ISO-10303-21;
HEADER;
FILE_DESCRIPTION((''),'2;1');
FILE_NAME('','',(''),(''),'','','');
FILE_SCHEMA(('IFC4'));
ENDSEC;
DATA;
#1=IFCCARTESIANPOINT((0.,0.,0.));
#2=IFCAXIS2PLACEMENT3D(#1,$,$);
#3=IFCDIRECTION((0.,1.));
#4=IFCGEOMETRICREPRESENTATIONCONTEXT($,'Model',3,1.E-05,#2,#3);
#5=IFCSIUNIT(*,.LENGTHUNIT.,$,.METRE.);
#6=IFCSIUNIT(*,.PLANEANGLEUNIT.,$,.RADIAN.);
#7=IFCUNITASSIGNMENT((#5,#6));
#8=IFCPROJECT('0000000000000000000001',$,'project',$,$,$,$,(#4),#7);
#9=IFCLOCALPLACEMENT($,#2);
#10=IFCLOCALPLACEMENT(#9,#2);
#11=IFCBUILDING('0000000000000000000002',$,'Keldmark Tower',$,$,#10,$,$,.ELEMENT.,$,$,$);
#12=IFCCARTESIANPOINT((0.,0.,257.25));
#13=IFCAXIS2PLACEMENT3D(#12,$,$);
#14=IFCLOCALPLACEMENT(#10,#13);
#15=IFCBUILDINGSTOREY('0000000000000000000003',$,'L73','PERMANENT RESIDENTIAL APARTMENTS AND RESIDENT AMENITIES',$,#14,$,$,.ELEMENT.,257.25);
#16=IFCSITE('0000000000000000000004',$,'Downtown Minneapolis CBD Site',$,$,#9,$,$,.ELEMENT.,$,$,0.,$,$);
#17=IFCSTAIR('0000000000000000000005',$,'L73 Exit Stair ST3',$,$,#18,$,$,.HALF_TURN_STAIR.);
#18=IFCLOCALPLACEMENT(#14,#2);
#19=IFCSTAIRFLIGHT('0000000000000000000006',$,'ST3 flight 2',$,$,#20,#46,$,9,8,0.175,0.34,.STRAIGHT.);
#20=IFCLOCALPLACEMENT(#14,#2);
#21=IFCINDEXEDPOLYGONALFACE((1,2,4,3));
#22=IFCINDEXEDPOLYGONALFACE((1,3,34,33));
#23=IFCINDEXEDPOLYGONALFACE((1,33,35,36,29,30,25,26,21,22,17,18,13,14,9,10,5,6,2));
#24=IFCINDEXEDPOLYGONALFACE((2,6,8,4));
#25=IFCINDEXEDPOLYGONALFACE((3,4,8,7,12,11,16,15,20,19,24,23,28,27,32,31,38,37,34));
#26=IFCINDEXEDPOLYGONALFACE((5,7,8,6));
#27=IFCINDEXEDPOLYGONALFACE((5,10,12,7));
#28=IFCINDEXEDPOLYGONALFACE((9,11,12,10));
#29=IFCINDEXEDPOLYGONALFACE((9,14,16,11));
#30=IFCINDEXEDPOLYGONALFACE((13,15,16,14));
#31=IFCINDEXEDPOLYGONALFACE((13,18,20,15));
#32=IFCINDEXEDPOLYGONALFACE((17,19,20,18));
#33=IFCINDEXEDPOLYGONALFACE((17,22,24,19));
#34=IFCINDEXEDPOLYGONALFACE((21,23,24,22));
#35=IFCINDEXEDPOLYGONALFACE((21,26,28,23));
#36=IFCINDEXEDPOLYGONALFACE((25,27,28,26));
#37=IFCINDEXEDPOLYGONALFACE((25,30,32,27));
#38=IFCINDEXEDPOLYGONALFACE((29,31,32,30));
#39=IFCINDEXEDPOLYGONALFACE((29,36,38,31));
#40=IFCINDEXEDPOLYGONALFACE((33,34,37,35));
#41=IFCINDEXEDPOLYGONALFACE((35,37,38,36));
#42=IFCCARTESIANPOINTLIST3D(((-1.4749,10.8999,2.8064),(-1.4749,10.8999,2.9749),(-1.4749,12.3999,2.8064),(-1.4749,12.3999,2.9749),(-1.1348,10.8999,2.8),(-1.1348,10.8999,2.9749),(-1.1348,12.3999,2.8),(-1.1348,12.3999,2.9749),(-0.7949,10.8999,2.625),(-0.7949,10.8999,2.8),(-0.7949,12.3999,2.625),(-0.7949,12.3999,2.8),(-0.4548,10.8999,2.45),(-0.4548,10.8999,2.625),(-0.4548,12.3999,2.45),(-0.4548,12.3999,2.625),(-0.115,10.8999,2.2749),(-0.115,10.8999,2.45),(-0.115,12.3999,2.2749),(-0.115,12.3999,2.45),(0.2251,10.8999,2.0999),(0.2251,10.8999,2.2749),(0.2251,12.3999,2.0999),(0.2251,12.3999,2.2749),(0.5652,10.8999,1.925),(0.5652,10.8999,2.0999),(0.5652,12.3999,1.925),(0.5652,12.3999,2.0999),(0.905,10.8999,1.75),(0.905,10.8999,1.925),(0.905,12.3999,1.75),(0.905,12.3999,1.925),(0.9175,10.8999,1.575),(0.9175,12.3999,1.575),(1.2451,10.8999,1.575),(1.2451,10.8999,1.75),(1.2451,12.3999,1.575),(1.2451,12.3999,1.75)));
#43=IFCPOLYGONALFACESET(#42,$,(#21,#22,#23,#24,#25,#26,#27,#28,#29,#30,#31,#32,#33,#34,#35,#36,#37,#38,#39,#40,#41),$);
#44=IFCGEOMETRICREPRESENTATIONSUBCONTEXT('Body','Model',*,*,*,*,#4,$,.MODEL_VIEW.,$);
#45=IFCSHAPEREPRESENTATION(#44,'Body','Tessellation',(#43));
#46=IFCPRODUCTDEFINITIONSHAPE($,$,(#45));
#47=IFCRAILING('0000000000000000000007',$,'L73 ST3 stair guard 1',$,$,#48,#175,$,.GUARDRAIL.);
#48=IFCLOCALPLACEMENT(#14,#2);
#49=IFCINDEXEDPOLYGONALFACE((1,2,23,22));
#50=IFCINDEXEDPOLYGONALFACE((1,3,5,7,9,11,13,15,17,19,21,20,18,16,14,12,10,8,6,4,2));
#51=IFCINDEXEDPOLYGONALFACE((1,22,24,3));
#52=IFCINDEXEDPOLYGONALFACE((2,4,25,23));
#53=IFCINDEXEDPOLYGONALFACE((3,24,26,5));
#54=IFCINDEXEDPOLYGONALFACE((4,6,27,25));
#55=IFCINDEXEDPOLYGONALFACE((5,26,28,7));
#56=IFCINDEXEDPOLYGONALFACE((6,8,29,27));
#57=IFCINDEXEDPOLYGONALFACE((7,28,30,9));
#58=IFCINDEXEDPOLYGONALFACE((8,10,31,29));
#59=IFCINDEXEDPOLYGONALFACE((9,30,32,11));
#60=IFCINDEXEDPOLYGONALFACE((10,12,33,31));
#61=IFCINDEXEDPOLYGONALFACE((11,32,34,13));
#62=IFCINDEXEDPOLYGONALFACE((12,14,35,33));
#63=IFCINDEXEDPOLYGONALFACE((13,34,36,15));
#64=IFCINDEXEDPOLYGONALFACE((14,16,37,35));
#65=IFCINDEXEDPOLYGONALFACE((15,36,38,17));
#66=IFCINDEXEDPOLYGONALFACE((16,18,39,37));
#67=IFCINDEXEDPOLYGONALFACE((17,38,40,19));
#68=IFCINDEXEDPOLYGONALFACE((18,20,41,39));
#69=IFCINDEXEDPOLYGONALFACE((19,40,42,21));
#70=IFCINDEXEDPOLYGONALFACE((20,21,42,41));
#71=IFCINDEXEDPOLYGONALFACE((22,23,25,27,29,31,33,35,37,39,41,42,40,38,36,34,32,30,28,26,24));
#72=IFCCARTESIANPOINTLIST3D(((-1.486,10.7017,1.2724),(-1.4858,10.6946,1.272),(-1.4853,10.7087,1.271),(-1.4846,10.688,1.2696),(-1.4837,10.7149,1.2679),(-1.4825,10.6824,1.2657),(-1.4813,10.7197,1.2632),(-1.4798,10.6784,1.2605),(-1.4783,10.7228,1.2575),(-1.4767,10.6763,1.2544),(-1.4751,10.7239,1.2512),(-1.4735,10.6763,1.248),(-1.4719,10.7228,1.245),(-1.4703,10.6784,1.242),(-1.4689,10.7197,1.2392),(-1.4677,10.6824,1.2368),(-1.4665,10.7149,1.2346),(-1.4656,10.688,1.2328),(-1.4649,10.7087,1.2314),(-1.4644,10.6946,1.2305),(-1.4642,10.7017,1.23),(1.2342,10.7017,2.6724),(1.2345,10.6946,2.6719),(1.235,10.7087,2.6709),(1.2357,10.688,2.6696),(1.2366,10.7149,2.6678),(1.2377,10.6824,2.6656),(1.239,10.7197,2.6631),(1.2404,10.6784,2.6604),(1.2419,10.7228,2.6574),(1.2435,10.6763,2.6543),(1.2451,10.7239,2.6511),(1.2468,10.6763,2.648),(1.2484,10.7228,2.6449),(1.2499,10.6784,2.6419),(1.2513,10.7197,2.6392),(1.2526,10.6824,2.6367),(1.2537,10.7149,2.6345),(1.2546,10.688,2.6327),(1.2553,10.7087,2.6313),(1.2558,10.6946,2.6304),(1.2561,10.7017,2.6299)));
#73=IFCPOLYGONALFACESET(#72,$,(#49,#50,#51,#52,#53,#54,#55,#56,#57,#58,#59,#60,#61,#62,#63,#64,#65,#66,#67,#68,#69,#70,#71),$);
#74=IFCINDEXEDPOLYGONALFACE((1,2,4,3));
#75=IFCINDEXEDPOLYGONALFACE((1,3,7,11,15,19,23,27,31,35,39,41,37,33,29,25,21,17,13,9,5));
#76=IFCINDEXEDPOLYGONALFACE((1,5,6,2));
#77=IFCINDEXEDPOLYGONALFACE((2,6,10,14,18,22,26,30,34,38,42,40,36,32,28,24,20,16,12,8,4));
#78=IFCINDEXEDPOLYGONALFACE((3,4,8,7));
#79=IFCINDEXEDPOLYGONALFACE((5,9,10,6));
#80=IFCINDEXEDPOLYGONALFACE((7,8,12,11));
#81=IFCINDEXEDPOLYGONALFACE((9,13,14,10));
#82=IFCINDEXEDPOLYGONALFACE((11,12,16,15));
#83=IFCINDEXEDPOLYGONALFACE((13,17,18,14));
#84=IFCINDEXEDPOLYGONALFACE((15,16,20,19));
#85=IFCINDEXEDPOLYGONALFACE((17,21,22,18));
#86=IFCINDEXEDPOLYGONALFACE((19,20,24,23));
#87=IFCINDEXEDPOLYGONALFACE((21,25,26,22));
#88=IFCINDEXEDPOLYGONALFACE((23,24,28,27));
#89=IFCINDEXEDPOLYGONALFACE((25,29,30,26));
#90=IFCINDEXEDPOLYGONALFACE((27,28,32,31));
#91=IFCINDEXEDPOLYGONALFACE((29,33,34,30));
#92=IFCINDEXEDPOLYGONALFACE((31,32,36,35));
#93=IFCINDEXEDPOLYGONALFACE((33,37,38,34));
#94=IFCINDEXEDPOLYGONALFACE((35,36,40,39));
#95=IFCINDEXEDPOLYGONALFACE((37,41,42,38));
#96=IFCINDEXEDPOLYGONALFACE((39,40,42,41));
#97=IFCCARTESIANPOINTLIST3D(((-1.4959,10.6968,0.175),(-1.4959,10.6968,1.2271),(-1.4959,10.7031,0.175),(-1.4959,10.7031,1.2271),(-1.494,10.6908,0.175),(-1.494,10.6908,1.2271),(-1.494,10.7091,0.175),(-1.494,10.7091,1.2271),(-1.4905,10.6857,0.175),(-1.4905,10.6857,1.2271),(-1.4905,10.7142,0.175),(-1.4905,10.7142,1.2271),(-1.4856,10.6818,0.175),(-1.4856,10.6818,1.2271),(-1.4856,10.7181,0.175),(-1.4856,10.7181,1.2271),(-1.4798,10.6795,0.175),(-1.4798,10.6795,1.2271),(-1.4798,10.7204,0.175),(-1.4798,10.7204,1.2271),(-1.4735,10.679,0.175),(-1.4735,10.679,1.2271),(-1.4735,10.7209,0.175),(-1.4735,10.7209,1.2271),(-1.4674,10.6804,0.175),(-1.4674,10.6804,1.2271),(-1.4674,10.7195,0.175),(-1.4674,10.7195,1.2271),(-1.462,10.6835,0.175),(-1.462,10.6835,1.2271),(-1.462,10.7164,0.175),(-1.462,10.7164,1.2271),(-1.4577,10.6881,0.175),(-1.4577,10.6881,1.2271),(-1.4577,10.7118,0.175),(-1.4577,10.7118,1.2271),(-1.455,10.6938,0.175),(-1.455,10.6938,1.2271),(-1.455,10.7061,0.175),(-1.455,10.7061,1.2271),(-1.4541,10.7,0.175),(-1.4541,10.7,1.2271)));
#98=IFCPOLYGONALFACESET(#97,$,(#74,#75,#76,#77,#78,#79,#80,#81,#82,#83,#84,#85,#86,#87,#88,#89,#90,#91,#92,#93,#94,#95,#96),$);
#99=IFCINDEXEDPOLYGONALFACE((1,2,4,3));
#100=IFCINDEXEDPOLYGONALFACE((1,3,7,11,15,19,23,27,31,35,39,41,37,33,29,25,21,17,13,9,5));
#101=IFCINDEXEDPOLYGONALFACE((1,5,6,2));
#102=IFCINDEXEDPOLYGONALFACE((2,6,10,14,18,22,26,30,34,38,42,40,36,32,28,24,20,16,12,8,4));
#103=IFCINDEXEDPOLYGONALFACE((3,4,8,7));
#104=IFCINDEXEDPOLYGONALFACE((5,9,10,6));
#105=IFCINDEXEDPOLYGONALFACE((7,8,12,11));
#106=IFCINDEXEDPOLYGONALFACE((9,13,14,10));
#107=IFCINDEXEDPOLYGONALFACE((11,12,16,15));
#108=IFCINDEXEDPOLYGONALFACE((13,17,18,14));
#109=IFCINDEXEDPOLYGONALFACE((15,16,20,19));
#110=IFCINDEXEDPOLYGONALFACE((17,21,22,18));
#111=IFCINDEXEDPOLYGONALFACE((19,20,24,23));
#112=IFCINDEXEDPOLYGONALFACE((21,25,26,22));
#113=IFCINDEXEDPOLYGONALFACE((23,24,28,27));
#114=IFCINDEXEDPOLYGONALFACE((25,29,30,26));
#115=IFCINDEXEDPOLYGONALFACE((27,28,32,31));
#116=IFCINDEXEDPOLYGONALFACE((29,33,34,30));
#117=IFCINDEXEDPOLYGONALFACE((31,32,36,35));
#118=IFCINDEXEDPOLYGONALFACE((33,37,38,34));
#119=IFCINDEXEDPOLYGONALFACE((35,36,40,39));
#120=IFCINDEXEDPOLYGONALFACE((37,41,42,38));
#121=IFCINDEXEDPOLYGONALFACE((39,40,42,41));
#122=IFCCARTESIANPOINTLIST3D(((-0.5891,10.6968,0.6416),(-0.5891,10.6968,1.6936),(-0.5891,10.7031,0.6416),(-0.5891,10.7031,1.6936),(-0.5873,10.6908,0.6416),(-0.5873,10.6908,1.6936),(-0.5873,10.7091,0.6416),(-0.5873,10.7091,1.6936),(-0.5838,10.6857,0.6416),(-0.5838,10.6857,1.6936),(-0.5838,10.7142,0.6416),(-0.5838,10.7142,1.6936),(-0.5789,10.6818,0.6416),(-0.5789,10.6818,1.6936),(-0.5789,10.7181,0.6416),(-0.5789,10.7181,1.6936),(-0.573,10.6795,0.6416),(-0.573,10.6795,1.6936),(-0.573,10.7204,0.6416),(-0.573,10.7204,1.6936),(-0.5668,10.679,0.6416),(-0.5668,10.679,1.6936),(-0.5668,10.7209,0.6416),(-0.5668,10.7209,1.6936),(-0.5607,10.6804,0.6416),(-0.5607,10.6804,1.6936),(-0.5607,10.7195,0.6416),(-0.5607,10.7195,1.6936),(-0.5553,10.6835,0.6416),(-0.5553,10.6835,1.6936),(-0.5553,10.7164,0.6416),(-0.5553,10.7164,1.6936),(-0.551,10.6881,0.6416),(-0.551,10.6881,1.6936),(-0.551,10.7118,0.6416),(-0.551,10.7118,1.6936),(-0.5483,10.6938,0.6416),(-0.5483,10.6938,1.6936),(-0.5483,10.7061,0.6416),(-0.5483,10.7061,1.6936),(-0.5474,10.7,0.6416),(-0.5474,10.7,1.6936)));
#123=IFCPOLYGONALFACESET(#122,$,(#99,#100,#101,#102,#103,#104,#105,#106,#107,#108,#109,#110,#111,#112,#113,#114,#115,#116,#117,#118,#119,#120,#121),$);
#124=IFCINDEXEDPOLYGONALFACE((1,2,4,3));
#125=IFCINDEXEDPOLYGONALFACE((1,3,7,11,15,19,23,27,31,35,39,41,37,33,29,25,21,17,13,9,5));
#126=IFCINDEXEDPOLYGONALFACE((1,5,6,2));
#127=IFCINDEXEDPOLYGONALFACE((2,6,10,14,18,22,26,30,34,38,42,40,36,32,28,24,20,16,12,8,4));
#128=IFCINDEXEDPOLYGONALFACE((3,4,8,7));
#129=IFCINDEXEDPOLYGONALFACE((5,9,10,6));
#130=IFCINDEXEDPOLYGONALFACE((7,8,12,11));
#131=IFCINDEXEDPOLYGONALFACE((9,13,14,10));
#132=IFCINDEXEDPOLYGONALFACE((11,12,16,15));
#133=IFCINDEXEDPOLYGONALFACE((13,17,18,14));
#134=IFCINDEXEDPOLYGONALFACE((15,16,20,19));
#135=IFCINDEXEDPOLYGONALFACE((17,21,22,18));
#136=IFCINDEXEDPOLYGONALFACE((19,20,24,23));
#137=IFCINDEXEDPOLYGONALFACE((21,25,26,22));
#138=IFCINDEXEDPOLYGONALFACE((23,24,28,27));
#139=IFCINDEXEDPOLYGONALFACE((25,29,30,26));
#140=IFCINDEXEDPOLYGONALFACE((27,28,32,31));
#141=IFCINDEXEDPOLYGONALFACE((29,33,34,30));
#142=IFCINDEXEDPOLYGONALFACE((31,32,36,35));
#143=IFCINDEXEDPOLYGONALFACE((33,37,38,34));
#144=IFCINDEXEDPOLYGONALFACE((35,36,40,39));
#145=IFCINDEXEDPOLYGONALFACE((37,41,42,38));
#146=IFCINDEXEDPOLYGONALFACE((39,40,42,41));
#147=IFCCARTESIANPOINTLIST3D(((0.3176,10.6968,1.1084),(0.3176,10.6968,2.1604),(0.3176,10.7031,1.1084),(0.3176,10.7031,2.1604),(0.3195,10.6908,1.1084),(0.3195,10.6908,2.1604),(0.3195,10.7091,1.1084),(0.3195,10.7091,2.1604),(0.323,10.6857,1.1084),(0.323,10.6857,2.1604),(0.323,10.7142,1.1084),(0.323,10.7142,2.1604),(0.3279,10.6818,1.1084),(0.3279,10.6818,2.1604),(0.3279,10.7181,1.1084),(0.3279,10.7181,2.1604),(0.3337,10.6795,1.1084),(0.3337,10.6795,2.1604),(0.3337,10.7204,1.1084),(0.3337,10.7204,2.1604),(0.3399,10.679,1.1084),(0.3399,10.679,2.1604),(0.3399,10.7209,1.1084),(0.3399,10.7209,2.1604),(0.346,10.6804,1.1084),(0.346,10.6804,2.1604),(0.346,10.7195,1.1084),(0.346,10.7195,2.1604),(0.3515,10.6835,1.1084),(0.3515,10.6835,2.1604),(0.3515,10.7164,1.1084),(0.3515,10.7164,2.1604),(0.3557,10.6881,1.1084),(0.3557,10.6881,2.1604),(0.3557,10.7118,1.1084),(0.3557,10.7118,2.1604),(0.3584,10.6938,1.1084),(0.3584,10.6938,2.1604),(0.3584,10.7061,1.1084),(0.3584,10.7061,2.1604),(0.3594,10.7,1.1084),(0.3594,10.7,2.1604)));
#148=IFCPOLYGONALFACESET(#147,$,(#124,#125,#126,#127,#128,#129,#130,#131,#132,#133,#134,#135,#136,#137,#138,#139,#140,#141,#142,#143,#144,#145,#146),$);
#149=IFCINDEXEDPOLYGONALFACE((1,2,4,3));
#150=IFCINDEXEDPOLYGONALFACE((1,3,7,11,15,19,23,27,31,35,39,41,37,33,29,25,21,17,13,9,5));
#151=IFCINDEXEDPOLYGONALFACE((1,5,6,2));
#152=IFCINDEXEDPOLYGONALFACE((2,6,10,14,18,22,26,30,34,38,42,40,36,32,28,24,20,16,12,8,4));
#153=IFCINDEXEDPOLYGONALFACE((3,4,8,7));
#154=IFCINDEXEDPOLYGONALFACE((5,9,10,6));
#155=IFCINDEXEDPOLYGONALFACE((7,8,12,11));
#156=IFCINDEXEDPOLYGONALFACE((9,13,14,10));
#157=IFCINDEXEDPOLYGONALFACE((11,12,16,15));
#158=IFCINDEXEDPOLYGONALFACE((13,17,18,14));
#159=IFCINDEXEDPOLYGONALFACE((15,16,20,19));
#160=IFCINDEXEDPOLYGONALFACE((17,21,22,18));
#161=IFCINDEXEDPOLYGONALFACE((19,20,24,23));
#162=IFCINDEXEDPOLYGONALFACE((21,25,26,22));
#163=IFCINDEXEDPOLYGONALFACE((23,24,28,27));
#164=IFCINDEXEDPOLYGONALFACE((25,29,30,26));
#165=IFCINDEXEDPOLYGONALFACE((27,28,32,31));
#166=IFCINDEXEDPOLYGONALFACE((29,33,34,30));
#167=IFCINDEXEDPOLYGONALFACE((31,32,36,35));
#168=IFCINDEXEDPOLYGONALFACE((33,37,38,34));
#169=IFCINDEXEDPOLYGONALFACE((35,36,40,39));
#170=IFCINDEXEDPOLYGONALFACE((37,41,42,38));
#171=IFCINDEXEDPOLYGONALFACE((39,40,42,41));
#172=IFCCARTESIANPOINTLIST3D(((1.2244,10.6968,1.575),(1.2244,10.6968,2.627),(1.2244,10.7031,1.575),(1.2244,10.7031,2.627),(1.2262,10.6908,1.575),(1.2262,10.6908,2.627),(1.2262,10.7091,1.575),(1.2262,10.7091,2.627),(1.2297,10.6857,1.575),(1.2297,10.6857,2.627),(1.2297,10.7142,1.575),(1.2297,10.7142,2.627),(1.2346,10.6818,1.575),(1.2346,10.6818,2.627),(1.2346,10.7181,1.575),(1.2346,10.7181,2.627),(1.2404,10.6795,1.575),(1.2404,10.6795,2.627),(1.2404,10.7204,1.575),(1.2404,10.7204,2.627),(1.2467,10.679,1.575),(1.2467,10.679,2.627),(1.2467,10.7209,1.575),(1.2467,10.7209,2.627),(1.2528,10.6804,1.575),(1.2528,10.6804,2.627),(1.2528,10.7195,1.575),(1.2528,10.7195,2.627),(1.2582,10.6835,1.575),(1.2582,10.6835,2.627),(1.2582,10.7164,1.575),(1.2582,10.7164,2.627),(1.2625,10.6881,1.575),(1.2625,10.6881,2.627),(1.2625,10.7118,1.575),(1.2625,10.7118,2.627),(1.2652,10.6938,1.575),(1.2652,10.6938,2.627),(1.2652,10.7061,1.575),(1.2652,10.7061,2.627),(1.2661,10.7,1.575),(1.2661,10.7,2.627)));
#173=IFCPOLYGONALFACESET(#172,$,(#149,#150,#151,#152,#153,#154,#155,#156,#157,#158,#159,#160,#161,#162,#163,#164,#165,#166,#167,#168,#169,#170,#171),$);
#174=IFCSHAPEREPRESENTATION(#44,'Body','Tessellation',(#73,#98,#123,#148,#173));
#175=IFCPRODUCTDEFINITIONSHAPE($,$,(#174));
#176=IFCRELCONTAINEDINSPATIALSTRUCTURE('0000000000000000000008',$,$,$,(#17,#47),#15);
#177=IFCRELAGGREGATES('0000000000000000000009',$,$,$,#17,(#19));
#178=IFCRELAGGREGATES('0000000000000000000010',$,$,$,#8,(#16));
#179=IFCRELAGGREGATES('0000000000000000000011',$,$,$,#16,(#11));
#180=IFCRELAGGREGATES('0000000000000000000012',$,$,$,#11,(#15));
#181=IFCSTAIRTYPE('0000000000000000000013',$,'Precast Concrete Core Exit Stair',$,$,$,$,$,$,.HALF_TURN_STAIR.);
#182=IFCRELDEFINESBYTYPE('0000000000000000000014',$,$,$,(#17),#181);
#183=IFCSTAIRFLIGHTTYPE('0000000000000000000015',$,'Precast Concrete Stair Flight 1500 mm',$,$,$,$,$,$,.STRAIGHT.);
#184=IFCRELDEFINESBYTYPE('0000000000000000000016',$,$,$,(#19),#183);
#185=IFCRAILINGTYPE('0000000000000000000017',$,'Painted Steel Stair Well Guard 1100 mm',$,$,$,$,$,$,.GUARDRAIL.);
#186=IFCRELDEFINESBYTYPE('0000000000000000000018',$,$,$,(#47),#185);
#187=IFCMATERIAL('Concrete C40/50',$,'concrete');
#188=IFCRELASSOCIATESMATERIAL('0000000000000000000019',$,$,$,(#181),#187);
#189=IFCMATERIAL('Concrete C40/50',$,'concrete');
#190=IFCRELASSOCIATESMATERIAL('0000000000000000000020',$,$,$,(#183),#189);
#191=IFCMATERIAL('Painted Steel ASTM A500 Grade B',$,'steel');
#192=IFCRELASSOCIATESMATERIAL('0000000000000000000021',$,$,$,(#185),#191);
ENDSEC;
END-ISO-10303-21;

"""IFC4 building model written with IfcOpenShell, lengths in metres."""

from ifc_helpers import new_model, si_unit, direction, frame, origin, origin_2d, place, context, subcontext, project, spatial, polyline, circle, outline, extrude, material, type_object, element, aggregate, save


model = new_model("IFC4")

# Units and contexts
model_context = context("Model", 3, precision=1e-05, world=origin(), true_north=direction((0.0, 1.0)))
body_context = subcontext(model_context, "Body", "Model", "MODEL_VIEW")
ifc_project = project(units=[si_unit("LENGTHUNIT", "METRE"), si_unit("PLANEANGLEUNIT", "RADIAN")], contexts=[model_context])

# Site, building, storey
site_placement = place(None, origin())
site = spatial("IfcSite", under=ifc_project, at=site_placement, Name="Downtown Minneapolis CBD Site", CompositionType="ELEMENT", RefElevation=0.0)
building_placement = place(site_placement, origin())
building = spatial("IfcBuilding", under=site, at=building_placement, Name="Keldmark Tower", CompositionType="ELEMENT")
storey_placement = place(building_placement, frame((0.0, 0.0, 257.25)))
storey = spatial("IfcBuildingStorey", under=building, at=storey_placement, Name="L73", Description="PERMANENT RESIDENTIAL APARTMENTS AND RESIDENT AMENITIES", CompositionType="ELEMENT", Elevation=257.25)

# Stair, stair flight
ifc_material_1 = material(Name="Concrete C40/50", Category="concrete")
stair_type = type_object("IfcStairType", Name="Precast Concrete Core Exit Stair", PredefinedType="HALF_TURN_STAIR", material=ifc_material_1)
stair_placement = place(storey_placement, origin())
stair = element("IfcStair", 1, at=stair_placement, inside=storey, type_object=stair_type, Name="L73 Exit Stair ST3", PredefinedType="HALF_TURN_STAIR")
ifc_material_2 = material(Name="Concrete C40/50", Category="concrete")
stair_flight_type = type_object("IfcStairFlightType", Name="Precast Concrete Stair Flight 1500 mm", PredefinedType="STRAIGHT", material=ifc_material_2)
stair_flight_1_placement = place(storey_placement, frame((1.2451, 11.6499, 1.575), z_axis=(0.0, 0.0, 1.0), x_axis=(-1.0, 0.0, 0.0)))
stair_flight_1 = element("IfcStairFlight", 2, at=stair_flight_1_placement, type_object=stair_flight_type, Name="ST3 flight 2", NumberOfRisers=9, NumberOfTreads=8, PredefinedType="STRAIGHT", RiserHeight=0.175, TreadLength=0.34, context=body_context, shape_type="SweptSolid", body=[
    extrude(outline(polyline([(0.0, 0.0), (0.0, 0.175), (0.3401, 0.175), (0.3401, 0.3501), (0.6799, 0.3501), (0.6799, 0.5249), (1.02, 0.5249), (1.02, 0.7), (1.3601, 0.7), (1.3601, 0.875), (1.7, 0.875), (1.7, 1.05), (2.04, 1.05), (2.04, 1.2251), (2.3799, 1.2251), (2.3799, 1.3999), (2.72, 1.3999), (2.72, 1.575), (2.72, 1.2314), (0.3276, 0.0), (0.0, 0.0)])), frame((0.0, 0.75, 0.0), z_axis=(0.0, -1.0, 0.0), x_axis=(1.0, 0.0, 0.0)), (0.0, 0.0, 1.0), 1.5),
])
aggregate(stair, [stair_flight_1])

# Railing
ifc_material_3 = material(Name="Painted Steel ASTM A500 Grade B", Category="steel")
railing_type_1 = type_object("IfcRailingType", Name="Painted Steel Stair Well Guard 1100 mm", PredefinedType="GUARDRAIL", material=ifc_material_3)
railing_1_placement = place(storey_placement, frame((-1.4751, 10.7, 0.175)))
element("IfcRailing", 3, at=railing_1_placement, inside=storey, type_object=railing_type_1, Name="L73 ST3 stair guard 1", PredefinedType="GUARDRAIL", context=body_context, shape_type="SweptSolid", body=[
    extrude(circle(Radius=0.0239, at=origin_2d()), frame((0.0, 0.0, 1.0762), z_axis=(0.889164, 0.0, 0.45759), x_axis=(0.0, 1.0, 0.0)), (0.0, 0.0, 1.0), 3.0593),
    extrude(circle(Radius=0.021, at=origin_2d()), origin(), (0.0, 0.0, 1.0), 1.052),
    extrude(circle(Radius=0.021, at=origin_2d()), frame((0.9067, 0.0, 0.4666)), (0.0, 0.0, 1.0), 1.052),
    extrude(circle(Radius=0.021, at=origin_2d()), frame((1.8135, 0.0, 0.9333)), (0.0, 0.0, 1.0), 1.052),
    extrude(circle(Radius=0.021, at=origin_2d()), frame((2.7202, 0.0, 1.3999)), (0.0, 0.0, 1.0), 1.052),
])

save(model, "model.ifc")
